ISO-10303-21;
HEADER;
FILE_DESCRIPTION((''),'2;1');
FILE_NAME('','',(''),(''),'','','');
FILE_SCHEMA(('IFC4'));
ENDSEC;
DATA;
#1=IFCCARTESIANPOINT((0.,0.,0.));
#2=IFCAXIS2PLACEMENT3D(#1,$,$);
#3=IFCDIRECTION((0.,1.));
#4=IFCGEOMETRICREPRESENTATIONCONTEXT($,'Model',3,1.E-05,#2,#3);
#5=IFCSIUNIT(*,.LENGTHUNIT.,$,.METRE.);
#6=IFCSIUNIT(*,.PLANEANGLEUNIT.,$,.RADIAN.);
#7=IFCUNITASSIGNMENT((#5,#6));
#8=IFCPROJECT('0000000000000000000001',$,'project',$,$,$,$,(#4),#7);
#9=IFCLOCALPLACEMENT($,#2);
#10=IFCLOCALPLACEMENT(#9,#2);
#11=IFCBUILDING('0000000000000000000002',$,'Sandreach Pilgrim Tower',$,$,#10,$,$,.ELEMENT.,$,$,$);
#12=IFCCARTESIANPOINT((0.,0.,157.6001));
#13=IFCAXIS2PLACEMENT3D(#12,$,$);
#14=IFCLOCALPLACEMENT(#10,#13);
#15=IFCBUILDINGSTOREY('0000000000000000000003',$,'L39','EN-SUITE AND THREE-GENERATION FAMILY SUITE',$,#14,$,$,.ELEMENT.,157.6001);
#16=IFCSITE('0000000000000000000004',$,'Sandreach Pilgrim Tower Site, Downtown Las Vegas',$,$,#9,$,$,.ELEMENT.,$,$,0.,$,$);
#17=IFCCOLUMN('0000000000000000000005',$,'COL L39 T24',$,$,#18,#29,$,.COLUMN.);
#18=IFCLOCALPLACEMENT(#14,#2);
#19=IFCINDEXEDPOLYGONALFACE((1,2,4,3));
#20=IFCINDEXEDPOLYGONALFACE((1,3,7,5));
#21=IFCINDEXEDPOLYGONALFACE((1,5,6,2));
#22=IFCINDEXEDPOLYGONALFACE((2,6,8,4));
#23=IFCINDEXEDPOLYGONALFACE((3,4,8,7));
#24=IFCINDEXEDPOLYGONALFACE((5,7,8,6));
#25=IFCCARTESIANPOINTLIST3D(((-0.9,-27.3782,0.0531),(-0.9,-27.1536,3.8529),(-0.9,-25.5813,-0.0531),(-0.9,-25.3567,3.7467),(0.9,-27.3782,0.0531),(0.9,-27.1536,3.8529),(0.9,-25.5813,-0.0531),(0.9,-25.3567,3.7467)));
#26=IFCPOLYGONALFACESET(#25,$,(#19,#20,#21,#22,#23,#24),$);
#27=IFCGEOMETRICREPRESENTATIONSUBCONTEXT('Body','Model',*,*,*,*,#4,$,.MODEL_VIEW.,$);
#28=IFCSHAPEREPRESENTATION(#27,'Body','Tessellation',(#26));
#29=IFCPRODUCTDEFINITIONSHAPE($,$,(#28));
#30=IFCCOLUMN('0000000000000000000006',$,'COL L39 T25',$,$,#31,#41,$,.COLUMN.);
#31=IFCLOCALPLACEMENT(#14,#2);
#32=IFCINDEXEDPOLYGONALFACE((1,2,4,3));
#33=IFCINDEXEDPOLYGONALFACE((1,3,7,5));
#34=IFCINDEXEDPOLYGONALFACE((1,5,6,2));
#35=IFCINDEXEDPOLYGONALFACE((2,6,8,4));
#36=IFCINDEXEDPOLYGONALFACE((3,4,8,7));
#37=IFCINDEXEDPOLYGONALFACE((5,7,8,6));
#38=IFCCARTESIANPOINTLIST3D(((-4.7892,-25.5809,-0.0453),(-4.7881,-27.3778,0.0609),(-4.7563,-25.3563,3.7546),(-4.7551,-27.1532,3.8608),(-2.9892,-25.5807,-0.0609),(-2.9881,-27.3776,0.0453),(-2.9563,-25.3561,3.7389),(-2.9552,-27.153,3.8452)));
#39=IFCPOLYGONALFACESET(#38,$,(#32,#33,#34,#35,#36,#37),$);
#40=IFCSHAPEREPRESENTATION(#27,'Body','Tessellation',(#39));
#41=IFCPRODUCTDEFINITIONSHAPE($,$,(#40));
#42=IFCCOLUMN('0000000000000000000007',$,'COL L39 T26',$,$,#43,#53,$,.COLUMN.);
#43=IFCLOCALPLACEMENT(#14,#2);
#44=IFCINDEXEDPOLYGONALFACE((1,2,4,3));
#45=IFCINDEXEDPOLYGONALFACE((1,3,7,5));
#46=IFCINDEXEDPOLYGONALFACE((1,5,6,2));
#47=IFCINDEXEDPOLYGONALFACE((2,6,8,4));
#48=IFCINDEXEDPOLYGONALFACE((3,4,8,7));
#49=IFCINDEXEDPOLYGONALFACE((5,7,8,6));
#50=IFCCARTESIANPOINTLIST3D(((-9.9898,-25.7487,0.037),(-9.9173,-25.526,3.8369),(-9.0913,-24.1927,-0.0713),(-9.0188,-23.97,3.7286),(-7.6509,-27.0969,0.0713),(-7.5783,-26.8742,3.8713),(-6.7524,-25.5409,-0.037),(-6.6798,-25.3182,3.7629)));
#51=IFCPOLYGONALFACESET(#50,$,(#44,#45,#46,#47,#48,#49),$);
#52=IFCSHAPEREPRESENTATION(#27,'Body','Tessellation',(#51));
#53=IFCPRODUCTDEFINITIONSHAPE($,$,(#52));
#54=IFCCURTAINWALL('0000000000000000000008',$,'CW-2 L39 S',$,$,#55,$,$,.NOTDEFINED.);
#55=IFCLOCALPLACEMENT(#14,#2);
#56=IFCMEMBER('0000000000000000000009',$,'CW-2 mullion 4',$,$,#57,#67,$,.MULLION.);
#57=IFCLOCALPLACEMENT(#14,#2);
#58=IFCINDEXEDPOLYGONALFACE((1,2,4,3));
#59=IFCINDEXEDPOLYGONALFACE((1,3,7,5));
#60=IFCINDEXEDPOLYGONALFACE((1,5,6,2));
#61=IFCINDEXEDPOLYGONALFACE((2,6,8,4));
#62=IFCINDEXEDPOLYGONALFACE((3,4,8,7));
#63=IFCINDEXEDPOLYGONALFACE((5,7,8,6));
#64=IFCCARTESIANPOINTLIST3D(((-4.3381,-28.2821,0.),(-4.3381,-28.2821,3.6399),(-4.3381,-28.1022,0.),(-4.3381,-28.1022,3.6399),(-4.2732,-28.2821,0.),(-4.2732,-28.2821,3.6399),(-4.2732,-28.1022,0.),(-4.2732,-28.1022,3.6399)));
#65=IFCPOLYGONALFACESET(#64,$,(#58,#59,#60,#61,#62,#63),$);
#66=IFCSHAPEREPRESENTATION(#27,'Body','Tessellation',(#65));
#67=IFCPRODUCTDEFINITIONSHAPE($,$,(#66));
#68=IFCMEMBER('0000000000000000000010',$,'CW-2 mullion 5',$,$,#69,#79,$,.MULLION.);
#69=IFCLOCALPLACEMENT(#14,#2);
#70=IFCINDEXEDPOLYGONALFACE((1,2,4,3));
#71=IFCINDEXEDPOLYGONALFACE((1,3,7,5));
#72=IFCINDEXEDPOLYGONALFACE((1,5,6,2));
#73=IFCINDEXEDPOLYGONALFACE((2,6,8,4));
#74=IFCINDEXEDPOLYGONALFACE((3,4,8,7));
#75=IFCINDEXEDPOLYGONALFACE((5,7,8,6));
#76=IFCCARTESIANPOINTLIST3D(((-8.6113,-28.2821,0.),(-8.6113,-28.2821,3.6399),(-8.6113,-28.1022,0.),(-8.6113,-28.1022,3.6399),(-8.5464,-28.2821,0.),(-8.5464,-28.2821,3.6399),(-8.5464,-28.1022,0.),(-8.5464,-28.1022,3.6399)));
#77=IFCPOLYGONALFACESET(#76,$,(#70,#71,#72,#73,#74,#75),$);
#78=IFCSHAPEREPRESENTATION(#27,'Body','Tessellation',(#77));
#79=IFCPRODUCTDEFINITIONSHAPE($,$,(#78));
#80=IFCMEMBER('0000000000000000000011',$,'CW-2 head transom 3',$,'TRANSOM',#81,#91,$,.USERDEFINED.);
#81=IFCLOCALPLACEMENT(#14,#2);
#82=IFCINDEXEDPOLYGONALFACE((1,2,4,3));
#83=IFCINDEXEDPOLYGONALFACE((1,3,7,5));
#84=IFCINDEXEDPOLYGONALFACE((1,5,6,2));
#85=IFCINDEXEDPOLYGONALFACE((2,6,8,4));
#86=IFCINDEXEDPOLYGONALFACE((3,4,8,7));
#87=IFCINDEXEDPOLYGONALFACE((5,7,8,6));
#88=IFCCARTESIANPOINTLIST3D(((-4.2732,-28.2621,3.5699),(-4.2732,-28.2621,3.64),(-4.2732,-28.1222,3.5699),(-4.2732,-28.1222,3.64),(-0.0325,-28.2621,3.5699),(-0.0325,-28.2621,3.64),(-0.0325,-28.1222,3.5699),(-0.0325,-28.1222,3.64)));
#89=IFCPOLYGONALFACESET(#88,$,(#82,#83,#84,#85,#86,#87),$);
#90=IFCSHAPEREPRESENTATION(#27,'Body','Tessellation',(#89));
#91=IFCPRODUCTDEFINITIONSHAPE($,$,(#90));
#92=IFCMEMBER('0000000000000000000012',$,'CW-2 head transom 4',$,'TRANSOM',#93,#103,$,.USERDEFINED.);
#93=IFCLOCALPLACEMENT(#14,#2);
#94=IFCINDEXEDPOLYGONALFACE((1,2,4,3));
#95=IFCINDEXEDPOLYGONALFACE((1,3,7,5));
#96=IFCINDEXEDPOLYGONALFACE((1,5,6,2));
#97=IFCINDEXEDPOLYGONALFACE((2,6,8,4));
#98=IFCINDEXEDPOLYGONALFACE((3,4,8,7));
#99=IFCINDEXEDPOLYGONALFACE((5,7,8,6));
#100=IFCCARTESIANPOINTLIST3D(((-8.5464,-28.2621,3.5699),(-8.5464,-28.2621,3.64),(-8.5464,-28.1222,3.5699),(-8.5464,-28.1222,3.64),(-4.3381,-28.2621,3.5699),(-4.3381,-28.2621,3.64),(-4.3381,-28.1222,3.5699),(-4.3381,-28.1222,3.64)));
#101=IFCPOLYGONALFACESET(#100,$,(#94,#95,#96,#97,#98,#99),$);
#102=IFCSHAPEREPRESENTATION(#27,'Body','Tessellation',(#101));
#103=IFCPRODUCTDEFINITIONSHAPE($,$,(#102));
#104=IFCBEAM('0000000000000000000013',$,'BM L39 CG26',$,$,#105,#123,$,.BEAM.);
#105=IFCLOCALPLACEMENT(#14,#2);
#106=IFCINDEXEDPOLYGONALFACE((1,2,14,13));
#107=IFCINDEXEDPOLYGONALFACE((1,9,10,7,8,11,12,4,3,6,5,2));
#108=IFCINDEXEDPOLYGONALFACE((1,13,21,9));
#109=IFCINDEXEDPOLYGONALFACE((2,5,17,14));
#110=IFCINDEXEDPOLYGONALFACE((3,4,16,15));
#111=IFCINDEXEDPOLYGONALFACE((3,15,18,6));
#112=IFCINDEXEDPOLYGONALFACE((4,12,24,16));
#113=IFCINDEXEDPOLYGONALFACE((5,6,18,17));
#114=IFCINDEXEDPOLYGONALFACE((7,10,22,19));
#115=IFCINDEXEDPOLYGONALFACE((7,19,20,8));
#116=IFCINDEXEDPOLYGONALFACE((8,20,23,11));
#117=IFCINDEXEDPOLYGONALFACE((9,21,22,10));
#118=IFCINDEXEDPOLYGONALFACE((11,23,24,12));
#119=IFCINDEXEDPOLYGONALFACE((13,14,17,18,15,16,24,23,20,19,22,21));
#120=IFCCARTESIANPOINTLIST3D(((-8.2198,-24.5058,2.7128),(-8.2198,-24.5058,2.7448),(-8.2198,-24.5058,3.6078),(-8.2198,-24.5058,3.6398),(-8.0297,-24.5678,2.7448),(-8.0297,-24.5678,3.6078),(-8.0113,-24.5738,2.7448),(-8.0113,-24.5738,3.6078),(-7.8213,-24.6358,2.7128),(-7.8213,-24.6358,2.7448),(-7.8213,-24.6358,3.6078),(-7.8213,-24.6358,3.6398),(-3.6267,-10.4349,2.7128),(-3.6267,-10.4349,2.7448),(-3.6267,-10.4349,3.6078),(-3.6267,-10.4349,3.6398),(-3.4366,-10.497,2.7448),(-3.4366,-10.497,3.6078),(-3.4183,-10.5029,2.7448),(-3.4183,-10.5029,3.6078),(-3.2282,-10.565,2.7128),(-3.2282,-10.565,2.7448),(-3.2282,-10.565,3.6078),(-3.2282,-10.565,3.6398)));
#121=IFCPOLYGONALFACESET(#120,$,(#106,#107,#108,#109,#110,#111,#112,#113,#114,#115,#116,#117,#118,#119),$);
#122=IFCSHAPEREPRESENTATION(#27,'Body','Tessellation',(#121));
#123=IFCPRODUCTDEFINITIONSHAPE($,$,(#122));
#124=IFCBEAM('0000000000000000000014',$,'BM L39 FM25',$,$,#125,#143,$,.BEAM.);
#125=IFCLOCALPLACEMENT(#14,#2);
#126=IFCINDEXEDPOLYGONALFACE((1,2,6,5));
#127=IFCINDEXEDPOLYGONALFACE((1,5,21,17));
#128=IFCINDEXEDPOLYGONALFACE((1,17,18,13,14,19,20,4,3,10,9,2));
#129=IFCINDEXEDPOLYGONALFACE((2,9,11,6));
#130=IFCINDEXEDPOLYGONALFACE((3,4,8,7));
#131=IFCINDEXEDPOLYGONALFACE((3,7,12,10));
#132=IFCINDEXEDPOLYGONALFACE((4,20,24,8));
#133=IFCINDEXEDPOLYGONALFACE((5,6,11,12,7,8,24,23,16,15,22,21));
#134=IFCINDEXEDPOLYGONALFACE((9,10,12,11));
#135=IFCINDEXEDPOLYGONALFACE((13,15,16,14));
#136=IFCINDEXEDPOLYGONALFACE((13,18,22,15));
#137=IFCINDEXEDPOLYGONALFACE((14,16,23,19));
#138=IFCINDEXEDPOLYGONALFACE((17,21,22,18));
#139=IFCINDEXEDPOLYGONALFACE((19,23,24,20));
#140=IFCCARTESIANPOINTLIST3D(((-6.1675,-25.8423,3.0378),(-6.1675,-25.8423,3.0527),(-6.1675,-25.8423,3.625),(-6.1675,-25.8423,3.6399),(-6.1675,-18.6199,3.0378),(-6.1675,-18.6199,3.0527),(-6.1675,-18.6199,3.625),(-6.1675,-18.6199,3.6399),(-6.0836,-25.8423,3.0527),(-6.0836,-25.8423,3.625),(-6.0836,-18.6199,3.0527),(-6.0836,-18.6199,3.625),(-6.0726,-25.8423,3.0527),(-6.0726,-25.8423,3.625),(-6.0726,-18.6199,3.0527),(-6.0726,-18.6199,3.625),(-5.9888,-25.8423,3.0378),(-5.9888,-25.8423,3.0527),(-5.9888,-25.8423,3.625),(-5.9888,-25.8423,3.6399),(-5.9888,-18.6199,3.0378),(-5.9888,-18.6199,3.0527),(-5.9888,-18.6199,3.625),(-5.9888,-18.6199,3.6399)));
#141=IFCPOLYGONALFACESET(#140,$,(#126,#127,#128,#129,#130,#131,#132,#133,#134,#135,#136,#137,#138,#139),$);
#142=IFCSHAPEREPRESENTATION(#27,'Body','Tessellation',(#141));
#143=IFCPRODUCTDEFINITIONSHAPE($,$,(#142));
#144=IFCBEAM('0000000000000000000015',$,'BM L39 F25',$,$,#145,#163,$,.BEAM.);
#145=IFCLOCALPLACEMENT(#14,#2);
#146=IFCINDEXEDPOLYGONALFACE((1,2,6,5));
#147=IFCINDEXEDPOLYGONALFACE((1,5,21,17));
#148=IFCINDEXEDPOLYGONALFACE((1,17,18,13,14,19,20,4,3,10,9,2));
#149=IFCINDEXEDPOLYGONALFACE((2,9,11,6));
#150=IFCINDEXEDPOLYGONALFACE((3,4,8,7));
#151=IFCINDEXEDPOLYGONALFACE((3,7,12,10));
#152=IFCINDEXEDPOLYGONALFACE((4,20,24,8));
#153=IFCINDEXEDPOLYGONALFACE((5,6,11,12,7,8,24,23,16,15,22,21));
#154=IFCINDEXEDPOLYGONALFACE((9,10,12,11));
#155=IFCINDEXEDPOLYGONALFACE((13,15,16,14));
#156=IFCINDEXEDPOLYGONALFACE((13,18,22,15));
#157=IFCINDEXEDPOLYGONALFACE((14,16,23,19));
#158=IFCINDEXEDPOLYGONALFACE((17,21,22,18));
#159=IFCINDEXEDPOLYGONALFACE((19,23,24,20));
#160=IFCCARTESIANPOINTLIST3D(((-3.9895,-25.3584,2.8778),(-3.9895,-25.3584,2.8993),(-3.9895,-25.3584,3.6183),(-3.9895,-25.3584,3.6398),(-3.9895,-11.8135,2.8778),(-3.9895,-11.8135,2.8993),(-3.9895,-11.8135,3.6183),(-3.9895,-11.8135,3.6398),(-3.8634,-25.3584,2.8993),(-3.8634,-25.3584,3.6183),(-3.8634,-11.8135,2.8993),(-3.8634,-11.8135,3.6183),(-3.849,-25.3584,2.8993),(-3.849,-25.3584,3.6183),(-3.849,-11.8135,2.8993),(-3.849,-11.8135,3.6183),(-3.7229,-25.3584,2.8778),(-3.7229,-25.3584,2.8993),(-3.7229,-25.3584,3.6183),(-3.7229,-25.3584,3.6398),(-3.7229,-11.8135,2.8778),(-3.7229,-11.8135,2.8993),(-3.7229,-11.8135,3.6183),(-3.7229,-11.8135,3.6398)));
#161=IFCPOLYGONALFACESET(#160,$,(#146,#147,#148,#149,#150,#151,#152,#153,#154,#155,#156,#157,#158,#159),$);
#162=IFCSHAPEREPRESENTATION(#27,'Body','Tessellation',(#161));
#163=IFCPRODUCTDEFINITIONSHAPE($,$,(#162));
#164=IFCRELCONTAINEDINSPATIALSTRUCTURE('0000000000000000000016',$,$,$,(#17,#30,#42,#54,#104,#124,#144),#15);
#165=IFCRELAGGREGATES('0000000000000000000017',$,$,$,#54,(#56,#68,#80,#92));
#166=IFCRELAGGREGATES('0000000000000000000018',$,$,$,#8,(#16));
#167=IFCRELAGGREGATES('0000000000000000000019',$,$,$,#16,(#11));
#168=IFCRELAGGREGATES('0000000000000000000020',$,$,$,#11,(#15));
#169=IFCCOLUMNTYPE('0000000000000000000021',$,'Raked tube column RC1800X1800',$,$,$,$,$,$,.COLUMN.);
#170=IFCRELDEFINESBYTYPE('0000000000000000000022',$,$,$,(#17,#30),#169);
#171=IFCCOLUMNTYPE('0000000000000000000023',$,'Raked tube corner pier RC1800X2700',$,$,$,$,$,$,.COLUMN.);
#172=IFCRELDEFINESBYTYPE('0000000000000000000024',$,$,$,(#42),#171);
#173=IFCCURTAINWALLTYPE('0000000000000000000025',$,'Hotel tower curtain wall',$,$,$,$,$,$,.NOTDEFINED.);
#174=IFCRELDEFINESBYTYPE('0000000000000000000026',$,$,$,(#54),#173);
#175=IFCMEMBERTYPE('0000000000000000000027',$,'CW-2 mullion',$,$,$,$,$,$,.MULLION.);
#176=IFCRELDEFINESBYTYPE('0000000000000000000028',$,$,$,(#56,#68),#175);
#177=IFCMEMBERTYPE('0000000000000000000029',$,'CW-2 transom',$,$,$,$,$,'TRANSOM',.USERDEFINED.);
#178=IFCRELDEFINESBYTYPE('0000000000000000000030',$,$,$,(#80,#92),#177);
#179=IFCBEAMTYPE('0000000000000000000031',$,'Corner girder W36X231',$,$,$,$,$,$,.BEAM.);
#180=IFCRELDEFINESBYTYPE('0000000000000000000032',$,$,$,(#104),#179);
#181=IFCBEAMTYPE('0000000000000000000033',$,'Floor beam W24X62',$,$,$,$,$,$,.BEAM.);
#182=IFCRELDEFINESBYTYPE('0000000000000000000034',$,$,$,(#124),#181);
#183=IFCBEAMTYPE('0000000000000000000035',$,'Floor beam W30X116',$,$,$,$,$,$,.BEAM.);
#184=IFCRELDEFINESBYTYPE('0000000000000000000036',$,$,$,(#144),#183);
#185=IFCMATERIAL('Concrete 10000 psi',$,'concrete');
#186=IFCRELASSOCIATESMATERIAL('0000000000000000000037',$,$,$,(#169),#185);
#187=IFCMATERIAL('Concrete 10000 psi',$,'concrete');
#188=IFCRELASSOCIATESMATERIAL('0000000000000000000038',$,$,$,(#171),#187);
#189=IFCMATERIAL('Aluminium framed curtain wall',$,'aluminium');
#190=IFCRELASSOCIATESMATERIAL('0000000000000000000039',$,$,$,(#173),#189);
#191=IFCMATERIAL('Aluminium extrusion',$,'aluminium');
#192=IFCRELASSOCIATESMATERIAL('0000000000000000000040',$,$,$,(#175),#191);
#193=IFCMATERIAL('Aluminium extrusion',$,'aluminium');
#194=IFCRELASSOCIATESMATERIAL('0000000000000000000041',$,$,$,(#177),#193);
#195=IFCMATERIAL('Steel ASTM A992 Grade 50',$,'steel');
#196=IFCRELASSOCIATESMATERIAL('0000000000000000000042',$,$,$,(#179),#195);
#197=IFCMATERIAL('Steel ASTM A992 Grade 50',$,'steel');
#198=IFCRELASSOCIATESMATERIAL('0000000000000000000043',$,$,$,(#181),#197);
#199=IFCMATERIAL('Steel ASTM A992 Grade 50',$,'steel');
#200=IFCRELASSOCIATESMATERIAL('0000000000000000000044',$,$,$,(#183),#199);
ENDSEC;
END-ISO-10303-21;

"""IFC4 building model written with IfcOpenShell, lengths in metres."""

from ifc_helpers import new_model, si_unit, direction, frame, origin, origin_2d, place, context, subcontext, project, spatial, rectangle, i_section, extrude, material, material_profile, profile_set, type_object, element, aggregate, save


model = new_model("IFC4")

# Units and contexts
model_context = context("Model", 3, precision=1e-05, world=origin(), true_north=direction((0.0, 1.0)))
body_context = subcontext(model_context, "Body", "Model", "MODEL_VIEW")
ifc_project = project(units=[si_unit("LENGTHUNIT", "METRE"), si_unit("PLANEANGLEUNIT", "RADIAN")], contexts=[model_context])

# Site, building, storey
site_placement = place(None, origin())
site = spatial("IfcSite", under=ifc_project, at=site_placement, Name="Sandreach Pilgrim Tower Site, Downtown Las Vegas", CompositionType="ELEMENT", RefElevation=0.0)
building_placement = place(site_placement, origin())
building = spatial("IfcBuilding", under=site, at=building_placement, Name="Sandreach Pilgrim Tower", CompositionType="ELEMENT")
storey_placement = place(building_placement, frame((0.0, 0.0, 157.6001)))
storey = spatial("IfcBuildingStorey", under=building, at=storey_placement, Name="L39", Description="EN-SUITE AND THREE-GENERATION FAMILY SUITE", CompositionType="ELEMENT", Elevation=157.6001)

# Columns
ifc_material_1 = material(Name="Concrete 10000 psi", Category="concrete")
ifc_material_profile_1 = material_profile(ifc_material_1, rectangle(XDim=1.8, YDim=1.8, at=origin_2d()), Name="RC1800X1800")
ifc_profile_set_1 = profile_set([ifc_material_profile_1], Name="Concrete 10000 psi")
column_type_1 = type_object("IfcColumnType", Name="Raked tube column RC1800X1800", PredefinedType="COLUMN", material=ifc_profile_set_1)
column_1_placement = place(storey_placement, frame((0.0, -26.4797, 0.0), z_axis=(0.0, 0.059008, 0.998258), x_axis=(0.0, -0.998258, 0.059008)))
element("IfcColumn", 1, at=column_1_placement, inside=storey, type_object=column_type_1, Name="COL L39 T24", PredefinedType="COLUMN", context=body_context, shape_type="SweptSolid", body=[
    extrude(rectangle(XDim=1.8, YDim=1.8, at=origin_2d()), origin(), (0.0, 0.0, 1.0), 3.8064),
])
column_2_placement = place(storey_placement, frame((-3.8887, -26.4792, 0.0), z_axis=(0.008658, 0.059006, 0.99822), x_axis=(0.000629, -0.998258, 0.059002)))
element("IfcColumn", 2, at=column_2_placement, inside=storey, type_object=column_type_1, Name="COL L39 T25", PredefinedType="COLUMN", context=body_context, shape_type="SweptSolid", body=[
    extrude(rectangle(XDim=1.8, YDim=1.8, at=origin_2d()), origin(), (0.0, 0.0, 1.0), 3.8066),
])
ifc_material_2 = material(Name="Concrete 10000 psi", Category="concrete")
ifc_material_profile_2 = material_profile(ifc_material_2, rectangle(XDim=1.8, YDim=2.7, at=origin_2d()), Name="RC1800X2700")
ifc_profile_set_2 = profile_set([ifc_material_profile_2], Name="Concrete 10000 psi")
column_type_2 = type_object("IfcColumnType", Name="Raked tube corner pier RC1800X2700", PredefinedType="COLUMN", material=ifc_profile_set_2)
column_3_placement = place(storey_placement, frame((-8.3711, -25.6448, 0.0), z_axis=(0.019046, 0.058486, 0.998107), x_axis=(-0.499156, -0.86442, 0.060177)))
element("IfcColumn", 3, at=column_3_placement, inside=storey, type_object=column_type_2, Name="COL L39 T26", PredefinedType="COLUMN", context=body_context, shape_type="SweptSolid", body=[
    extrude(rectangle(XDim=1.8, YDim=2.7, at=origin_2d()), origin(), (0.0, 0.0, 1.0), 3.8071),
])

# Curtain wall, members
ifc_material_3 = material(Name="Aluminium framed curtain wall", Category="aluminium")
curtain_wall_type = type_object("IfcCurtainWallType", Name="Hotel tower curtain wall", PredefinedType="NOTDEFINED", material=ifc_material_3)
curtain_wall_placement = place(storey_placement, origin())
curtain_wall = element("IfcCurtainWall", 4, at=curtain_wall_placement, inside=storey, type_object=curtain_wall_type, Name="CW-2 L39 S", PredefinedType="NOTDEFINED")
ifc_material_4 = material(Name="Aluminium extrusion", Category="aluminium")
ifc_material_profile_3 = material_profile(ifc_material_4, rectangle(XDim=0.0649, YDim=0.1799, at=origin_2d()), Name="CW-2M 65X180")
ifc_profile_set_3 = profile_set([ifc_material_profile_3], Name="Aluminium extrusion")
member_type_1 = type_object("IfcMemberType", Name="CW-2 mullion", PredefinedType="MULLION", material=ifc_profile_set_3)
member_1_placement = place(storey_placement, frame((-4.3057, -28.1921, 0.0), z_axis=(0.0, 0.0, 1.0), x_axis=(-1.0, 0.0, 0.0)))
member_1 = element("IfcMember", 5, at=member_1_placement, type_object=member_type_1, Name="CW-2 mullion 4", PredefinedType="MULLION", context=body_context, shape_type="SweptSolid", body=[
    extrude(rectangle(XDim=0.0649, YDim=0.1799, at=origin_2d()), origin(), (0.0, 0.0, 1.0), 3.6399),
])
member_2_placement = place(storey_placement, frame((-8.5789, -28.1921, 0.0), z_axis=(0.0, 0.0, 1.0), x_axis=(-1.0, 0.0, 0.0)))
member_2 = element("IfcMember", 6, at=member_2_placement, type_object=member_type_1, Name="CW-2 mullion 5", PredefinedType="MULLION", context=body_context, shape_type="SweptSolid", body=[
    extrude(rectangle(XDim=0.0649, YDim=0.1799, at=origin_2d()), origin(), (0.0, 0.0, 1.0), 3.6399),
])
ifc_material_5 = material(Name="Aluminium extrusion", Category="aluminium")
ifc_material_profile_4 = material_profile(ifc_material_5, rectangle(XDim=0.1399, YDim=0.0701, at=origin_2d()), Name="CW-2T 140X70")
ifc_profile_set_4 = profile_set([ifc_material_profile_4], Name="Aluminium extrusion")
member_type_2 = type_object("IfcMemberType", Name="CW-2 transom", ElementType="TRANSOM", PredefinedType="USERDEFINED", material=ifc_profile_set_4)
member_3_placement = place(storey_placement, frame((-0.0325, -28.1921, 3.605), z_axis=(-1.0, 0.0, 0.0), x_axis=(0.0, -1.0, 0.0)))
member_3 = element("IfcMember", 7, at=member_3_placement, type_object=member_type_2, Name="CW-2 head transom 3", ObjectType="TRANSOM", PredefinedType="USERDEFINED", context=body_context, shape_type="SweptSolid", body=[
    extrude(rectangle(XDim=0.1399, YDim=0.0701, at=origin_2d()), origin(), (0.0, 0.0, 1.0), 4.2407),
])
member_4_placement = place(storey_placement, frame((-4.3381, -28.1921, 3.605), z_axis=(-1.0, 0.0, 0.0), x_axis=(0.0, -1.0, 0.0)))
member_4 = element("IfcMember", 8, at=member_4_placement, type_object=member_type_2, Name="CW-2 head transom 4", ObjectType="TRANSOM", PredefinedType="USERDEFINED", context=body_context, shape_type="SweptSolid", body=[
    extrude(rectangle(XDim=0.1399, YDim=0.0701, at=origin_2d()), origin(), (0.0, 0.0, 1.0), 4.2083),
])

# Beams
ifc_material_6 = material(Name="Steel ASTM A992 Grade 50", Category="steel")
ifc_material_profile_5 = material_profile(ifc_material_6, i_section(OverallWidth=0.4192, OverallDepth=0.927, WebThickness=0.0193, FlangeThickness=0.032, at=origin_2d()), Name="W36X231")
ifc_profile_set_5 = profile_set([ifc_material_profile_5], Name="Steel ASTM A992 Grade 50")
beam_type_1 = type_object("IfcBeamType", Name="Corner girder W36X231", PredefinedType="BEAM", material=ifc_profile_set_5)
beam_1_placement = place(storey_placement, frame((-8.0205, -24.5708, 3.1763), z_axis=(0.310308, 0.950636, 0.0), x_axis=(-0.950636, 0.310308, 0.0)))
element("IfcBeam", 9, at=beam_1_placement, inside=storey, type_object=beam_type_1, Name="BM L39 CG26", PredefinedType="BEAM", context=body_context, shape_type="SweptSolid", body=[
    extrude(i_section(OverallWidth=0.4192, OverallDepth=0.927, WebThickness=0.0193, FlangeThickness=0.032, at=origin_2d()), origin(), (0.0, 0.0, 1.0), 14.8015),
])
ifc_material_7 = material(Name="Steel ASTM A992 Grade 50", Category="steel")
ifc_material_profile_6 = material_profile(ifc_material_7, i_section(OverallWidth=0.1787, OverallDepth=0.6021, WebThickness=0.011, FlangeThickness=0.0149, at=origin_2d()), Name="W24X62")
ifc_profile_set_6 = profile_set([ifc_material_profile_6], Name="Steel ASTM A992 Grade 50")
beam_type_2 = type_object("IfcBeamType", Name="Floor beam W24X62", PredefinedType="BEAM", material=ifc_profile_set_6)
beam_2_placement = place(storey_placement, frame((-6.0781, -25.8423, 3.3389), z_axis=(0.0, 1.0, 0.0), x_axis=(-1.0, 0.0, 0.0)))
element("IfcBeam", 10, at=beam_2_placement, inside=storey, type_object=beam_type_2, Name="BM L39 FM25", PredefinedType="BEAM", context=body_context, shape_type="SweptSolid", body=[
    extrude(i_section(OverallWidth=0.1787, OverallDepth=0.6021, WebThickness=0.011, FlangeThickness=0.0149, at=origin_2d()), origin(), (0.0, 0.0, 1.0), 7.2224),
])
ifc_material_8 = material(Name="Steel ASTM A992 Grade 50", Category="steel")
ifc_material_profile_7 = material_profile(ifc_material_8, i_section(OverallWidth=0.2666, OverallDepth=0.762, WebThickness=0.0144, FlangeThickness=0.0215, at=origin_2d()), Name="W30X116")
ifc_profile_set_7 = profile_set([ifc_material_profile_7], Name="Steel ASTM A992 Grade 50")
beam_type_3 = type_object("IfcBeamType", Name="Floor beam W30X116", PredefinedType="BEAM", material=ifc_profile_set_7)
beam_3_placement = place(storey_placement, frame((-3.8562, -25.3584, 3.2588), z_axis=(0.0, 1.0, 0.0), x_axis=(-1.0, 0.0, 0.0)))
element("IfcBeam", 11, at=beam_3_placement, inside=storey, type_object=beam_type_3, Name="BM L39 F25", PredefinedType="BEAM", context=body_context, shape_type="SweptSolid", body=[
    extrude(i_section(OverallWidth=0.2666, OverallDepth=0.762, WebThickness=0.0144, FlangeThickness=0.0215, at=origin_2d()), origin(), (0.0, 0.0, 1.0), 13.5449),
])

aggregate(curtain_wall, [member_1, member_2, member_3, member_4])

save(model, "model.ifc")
